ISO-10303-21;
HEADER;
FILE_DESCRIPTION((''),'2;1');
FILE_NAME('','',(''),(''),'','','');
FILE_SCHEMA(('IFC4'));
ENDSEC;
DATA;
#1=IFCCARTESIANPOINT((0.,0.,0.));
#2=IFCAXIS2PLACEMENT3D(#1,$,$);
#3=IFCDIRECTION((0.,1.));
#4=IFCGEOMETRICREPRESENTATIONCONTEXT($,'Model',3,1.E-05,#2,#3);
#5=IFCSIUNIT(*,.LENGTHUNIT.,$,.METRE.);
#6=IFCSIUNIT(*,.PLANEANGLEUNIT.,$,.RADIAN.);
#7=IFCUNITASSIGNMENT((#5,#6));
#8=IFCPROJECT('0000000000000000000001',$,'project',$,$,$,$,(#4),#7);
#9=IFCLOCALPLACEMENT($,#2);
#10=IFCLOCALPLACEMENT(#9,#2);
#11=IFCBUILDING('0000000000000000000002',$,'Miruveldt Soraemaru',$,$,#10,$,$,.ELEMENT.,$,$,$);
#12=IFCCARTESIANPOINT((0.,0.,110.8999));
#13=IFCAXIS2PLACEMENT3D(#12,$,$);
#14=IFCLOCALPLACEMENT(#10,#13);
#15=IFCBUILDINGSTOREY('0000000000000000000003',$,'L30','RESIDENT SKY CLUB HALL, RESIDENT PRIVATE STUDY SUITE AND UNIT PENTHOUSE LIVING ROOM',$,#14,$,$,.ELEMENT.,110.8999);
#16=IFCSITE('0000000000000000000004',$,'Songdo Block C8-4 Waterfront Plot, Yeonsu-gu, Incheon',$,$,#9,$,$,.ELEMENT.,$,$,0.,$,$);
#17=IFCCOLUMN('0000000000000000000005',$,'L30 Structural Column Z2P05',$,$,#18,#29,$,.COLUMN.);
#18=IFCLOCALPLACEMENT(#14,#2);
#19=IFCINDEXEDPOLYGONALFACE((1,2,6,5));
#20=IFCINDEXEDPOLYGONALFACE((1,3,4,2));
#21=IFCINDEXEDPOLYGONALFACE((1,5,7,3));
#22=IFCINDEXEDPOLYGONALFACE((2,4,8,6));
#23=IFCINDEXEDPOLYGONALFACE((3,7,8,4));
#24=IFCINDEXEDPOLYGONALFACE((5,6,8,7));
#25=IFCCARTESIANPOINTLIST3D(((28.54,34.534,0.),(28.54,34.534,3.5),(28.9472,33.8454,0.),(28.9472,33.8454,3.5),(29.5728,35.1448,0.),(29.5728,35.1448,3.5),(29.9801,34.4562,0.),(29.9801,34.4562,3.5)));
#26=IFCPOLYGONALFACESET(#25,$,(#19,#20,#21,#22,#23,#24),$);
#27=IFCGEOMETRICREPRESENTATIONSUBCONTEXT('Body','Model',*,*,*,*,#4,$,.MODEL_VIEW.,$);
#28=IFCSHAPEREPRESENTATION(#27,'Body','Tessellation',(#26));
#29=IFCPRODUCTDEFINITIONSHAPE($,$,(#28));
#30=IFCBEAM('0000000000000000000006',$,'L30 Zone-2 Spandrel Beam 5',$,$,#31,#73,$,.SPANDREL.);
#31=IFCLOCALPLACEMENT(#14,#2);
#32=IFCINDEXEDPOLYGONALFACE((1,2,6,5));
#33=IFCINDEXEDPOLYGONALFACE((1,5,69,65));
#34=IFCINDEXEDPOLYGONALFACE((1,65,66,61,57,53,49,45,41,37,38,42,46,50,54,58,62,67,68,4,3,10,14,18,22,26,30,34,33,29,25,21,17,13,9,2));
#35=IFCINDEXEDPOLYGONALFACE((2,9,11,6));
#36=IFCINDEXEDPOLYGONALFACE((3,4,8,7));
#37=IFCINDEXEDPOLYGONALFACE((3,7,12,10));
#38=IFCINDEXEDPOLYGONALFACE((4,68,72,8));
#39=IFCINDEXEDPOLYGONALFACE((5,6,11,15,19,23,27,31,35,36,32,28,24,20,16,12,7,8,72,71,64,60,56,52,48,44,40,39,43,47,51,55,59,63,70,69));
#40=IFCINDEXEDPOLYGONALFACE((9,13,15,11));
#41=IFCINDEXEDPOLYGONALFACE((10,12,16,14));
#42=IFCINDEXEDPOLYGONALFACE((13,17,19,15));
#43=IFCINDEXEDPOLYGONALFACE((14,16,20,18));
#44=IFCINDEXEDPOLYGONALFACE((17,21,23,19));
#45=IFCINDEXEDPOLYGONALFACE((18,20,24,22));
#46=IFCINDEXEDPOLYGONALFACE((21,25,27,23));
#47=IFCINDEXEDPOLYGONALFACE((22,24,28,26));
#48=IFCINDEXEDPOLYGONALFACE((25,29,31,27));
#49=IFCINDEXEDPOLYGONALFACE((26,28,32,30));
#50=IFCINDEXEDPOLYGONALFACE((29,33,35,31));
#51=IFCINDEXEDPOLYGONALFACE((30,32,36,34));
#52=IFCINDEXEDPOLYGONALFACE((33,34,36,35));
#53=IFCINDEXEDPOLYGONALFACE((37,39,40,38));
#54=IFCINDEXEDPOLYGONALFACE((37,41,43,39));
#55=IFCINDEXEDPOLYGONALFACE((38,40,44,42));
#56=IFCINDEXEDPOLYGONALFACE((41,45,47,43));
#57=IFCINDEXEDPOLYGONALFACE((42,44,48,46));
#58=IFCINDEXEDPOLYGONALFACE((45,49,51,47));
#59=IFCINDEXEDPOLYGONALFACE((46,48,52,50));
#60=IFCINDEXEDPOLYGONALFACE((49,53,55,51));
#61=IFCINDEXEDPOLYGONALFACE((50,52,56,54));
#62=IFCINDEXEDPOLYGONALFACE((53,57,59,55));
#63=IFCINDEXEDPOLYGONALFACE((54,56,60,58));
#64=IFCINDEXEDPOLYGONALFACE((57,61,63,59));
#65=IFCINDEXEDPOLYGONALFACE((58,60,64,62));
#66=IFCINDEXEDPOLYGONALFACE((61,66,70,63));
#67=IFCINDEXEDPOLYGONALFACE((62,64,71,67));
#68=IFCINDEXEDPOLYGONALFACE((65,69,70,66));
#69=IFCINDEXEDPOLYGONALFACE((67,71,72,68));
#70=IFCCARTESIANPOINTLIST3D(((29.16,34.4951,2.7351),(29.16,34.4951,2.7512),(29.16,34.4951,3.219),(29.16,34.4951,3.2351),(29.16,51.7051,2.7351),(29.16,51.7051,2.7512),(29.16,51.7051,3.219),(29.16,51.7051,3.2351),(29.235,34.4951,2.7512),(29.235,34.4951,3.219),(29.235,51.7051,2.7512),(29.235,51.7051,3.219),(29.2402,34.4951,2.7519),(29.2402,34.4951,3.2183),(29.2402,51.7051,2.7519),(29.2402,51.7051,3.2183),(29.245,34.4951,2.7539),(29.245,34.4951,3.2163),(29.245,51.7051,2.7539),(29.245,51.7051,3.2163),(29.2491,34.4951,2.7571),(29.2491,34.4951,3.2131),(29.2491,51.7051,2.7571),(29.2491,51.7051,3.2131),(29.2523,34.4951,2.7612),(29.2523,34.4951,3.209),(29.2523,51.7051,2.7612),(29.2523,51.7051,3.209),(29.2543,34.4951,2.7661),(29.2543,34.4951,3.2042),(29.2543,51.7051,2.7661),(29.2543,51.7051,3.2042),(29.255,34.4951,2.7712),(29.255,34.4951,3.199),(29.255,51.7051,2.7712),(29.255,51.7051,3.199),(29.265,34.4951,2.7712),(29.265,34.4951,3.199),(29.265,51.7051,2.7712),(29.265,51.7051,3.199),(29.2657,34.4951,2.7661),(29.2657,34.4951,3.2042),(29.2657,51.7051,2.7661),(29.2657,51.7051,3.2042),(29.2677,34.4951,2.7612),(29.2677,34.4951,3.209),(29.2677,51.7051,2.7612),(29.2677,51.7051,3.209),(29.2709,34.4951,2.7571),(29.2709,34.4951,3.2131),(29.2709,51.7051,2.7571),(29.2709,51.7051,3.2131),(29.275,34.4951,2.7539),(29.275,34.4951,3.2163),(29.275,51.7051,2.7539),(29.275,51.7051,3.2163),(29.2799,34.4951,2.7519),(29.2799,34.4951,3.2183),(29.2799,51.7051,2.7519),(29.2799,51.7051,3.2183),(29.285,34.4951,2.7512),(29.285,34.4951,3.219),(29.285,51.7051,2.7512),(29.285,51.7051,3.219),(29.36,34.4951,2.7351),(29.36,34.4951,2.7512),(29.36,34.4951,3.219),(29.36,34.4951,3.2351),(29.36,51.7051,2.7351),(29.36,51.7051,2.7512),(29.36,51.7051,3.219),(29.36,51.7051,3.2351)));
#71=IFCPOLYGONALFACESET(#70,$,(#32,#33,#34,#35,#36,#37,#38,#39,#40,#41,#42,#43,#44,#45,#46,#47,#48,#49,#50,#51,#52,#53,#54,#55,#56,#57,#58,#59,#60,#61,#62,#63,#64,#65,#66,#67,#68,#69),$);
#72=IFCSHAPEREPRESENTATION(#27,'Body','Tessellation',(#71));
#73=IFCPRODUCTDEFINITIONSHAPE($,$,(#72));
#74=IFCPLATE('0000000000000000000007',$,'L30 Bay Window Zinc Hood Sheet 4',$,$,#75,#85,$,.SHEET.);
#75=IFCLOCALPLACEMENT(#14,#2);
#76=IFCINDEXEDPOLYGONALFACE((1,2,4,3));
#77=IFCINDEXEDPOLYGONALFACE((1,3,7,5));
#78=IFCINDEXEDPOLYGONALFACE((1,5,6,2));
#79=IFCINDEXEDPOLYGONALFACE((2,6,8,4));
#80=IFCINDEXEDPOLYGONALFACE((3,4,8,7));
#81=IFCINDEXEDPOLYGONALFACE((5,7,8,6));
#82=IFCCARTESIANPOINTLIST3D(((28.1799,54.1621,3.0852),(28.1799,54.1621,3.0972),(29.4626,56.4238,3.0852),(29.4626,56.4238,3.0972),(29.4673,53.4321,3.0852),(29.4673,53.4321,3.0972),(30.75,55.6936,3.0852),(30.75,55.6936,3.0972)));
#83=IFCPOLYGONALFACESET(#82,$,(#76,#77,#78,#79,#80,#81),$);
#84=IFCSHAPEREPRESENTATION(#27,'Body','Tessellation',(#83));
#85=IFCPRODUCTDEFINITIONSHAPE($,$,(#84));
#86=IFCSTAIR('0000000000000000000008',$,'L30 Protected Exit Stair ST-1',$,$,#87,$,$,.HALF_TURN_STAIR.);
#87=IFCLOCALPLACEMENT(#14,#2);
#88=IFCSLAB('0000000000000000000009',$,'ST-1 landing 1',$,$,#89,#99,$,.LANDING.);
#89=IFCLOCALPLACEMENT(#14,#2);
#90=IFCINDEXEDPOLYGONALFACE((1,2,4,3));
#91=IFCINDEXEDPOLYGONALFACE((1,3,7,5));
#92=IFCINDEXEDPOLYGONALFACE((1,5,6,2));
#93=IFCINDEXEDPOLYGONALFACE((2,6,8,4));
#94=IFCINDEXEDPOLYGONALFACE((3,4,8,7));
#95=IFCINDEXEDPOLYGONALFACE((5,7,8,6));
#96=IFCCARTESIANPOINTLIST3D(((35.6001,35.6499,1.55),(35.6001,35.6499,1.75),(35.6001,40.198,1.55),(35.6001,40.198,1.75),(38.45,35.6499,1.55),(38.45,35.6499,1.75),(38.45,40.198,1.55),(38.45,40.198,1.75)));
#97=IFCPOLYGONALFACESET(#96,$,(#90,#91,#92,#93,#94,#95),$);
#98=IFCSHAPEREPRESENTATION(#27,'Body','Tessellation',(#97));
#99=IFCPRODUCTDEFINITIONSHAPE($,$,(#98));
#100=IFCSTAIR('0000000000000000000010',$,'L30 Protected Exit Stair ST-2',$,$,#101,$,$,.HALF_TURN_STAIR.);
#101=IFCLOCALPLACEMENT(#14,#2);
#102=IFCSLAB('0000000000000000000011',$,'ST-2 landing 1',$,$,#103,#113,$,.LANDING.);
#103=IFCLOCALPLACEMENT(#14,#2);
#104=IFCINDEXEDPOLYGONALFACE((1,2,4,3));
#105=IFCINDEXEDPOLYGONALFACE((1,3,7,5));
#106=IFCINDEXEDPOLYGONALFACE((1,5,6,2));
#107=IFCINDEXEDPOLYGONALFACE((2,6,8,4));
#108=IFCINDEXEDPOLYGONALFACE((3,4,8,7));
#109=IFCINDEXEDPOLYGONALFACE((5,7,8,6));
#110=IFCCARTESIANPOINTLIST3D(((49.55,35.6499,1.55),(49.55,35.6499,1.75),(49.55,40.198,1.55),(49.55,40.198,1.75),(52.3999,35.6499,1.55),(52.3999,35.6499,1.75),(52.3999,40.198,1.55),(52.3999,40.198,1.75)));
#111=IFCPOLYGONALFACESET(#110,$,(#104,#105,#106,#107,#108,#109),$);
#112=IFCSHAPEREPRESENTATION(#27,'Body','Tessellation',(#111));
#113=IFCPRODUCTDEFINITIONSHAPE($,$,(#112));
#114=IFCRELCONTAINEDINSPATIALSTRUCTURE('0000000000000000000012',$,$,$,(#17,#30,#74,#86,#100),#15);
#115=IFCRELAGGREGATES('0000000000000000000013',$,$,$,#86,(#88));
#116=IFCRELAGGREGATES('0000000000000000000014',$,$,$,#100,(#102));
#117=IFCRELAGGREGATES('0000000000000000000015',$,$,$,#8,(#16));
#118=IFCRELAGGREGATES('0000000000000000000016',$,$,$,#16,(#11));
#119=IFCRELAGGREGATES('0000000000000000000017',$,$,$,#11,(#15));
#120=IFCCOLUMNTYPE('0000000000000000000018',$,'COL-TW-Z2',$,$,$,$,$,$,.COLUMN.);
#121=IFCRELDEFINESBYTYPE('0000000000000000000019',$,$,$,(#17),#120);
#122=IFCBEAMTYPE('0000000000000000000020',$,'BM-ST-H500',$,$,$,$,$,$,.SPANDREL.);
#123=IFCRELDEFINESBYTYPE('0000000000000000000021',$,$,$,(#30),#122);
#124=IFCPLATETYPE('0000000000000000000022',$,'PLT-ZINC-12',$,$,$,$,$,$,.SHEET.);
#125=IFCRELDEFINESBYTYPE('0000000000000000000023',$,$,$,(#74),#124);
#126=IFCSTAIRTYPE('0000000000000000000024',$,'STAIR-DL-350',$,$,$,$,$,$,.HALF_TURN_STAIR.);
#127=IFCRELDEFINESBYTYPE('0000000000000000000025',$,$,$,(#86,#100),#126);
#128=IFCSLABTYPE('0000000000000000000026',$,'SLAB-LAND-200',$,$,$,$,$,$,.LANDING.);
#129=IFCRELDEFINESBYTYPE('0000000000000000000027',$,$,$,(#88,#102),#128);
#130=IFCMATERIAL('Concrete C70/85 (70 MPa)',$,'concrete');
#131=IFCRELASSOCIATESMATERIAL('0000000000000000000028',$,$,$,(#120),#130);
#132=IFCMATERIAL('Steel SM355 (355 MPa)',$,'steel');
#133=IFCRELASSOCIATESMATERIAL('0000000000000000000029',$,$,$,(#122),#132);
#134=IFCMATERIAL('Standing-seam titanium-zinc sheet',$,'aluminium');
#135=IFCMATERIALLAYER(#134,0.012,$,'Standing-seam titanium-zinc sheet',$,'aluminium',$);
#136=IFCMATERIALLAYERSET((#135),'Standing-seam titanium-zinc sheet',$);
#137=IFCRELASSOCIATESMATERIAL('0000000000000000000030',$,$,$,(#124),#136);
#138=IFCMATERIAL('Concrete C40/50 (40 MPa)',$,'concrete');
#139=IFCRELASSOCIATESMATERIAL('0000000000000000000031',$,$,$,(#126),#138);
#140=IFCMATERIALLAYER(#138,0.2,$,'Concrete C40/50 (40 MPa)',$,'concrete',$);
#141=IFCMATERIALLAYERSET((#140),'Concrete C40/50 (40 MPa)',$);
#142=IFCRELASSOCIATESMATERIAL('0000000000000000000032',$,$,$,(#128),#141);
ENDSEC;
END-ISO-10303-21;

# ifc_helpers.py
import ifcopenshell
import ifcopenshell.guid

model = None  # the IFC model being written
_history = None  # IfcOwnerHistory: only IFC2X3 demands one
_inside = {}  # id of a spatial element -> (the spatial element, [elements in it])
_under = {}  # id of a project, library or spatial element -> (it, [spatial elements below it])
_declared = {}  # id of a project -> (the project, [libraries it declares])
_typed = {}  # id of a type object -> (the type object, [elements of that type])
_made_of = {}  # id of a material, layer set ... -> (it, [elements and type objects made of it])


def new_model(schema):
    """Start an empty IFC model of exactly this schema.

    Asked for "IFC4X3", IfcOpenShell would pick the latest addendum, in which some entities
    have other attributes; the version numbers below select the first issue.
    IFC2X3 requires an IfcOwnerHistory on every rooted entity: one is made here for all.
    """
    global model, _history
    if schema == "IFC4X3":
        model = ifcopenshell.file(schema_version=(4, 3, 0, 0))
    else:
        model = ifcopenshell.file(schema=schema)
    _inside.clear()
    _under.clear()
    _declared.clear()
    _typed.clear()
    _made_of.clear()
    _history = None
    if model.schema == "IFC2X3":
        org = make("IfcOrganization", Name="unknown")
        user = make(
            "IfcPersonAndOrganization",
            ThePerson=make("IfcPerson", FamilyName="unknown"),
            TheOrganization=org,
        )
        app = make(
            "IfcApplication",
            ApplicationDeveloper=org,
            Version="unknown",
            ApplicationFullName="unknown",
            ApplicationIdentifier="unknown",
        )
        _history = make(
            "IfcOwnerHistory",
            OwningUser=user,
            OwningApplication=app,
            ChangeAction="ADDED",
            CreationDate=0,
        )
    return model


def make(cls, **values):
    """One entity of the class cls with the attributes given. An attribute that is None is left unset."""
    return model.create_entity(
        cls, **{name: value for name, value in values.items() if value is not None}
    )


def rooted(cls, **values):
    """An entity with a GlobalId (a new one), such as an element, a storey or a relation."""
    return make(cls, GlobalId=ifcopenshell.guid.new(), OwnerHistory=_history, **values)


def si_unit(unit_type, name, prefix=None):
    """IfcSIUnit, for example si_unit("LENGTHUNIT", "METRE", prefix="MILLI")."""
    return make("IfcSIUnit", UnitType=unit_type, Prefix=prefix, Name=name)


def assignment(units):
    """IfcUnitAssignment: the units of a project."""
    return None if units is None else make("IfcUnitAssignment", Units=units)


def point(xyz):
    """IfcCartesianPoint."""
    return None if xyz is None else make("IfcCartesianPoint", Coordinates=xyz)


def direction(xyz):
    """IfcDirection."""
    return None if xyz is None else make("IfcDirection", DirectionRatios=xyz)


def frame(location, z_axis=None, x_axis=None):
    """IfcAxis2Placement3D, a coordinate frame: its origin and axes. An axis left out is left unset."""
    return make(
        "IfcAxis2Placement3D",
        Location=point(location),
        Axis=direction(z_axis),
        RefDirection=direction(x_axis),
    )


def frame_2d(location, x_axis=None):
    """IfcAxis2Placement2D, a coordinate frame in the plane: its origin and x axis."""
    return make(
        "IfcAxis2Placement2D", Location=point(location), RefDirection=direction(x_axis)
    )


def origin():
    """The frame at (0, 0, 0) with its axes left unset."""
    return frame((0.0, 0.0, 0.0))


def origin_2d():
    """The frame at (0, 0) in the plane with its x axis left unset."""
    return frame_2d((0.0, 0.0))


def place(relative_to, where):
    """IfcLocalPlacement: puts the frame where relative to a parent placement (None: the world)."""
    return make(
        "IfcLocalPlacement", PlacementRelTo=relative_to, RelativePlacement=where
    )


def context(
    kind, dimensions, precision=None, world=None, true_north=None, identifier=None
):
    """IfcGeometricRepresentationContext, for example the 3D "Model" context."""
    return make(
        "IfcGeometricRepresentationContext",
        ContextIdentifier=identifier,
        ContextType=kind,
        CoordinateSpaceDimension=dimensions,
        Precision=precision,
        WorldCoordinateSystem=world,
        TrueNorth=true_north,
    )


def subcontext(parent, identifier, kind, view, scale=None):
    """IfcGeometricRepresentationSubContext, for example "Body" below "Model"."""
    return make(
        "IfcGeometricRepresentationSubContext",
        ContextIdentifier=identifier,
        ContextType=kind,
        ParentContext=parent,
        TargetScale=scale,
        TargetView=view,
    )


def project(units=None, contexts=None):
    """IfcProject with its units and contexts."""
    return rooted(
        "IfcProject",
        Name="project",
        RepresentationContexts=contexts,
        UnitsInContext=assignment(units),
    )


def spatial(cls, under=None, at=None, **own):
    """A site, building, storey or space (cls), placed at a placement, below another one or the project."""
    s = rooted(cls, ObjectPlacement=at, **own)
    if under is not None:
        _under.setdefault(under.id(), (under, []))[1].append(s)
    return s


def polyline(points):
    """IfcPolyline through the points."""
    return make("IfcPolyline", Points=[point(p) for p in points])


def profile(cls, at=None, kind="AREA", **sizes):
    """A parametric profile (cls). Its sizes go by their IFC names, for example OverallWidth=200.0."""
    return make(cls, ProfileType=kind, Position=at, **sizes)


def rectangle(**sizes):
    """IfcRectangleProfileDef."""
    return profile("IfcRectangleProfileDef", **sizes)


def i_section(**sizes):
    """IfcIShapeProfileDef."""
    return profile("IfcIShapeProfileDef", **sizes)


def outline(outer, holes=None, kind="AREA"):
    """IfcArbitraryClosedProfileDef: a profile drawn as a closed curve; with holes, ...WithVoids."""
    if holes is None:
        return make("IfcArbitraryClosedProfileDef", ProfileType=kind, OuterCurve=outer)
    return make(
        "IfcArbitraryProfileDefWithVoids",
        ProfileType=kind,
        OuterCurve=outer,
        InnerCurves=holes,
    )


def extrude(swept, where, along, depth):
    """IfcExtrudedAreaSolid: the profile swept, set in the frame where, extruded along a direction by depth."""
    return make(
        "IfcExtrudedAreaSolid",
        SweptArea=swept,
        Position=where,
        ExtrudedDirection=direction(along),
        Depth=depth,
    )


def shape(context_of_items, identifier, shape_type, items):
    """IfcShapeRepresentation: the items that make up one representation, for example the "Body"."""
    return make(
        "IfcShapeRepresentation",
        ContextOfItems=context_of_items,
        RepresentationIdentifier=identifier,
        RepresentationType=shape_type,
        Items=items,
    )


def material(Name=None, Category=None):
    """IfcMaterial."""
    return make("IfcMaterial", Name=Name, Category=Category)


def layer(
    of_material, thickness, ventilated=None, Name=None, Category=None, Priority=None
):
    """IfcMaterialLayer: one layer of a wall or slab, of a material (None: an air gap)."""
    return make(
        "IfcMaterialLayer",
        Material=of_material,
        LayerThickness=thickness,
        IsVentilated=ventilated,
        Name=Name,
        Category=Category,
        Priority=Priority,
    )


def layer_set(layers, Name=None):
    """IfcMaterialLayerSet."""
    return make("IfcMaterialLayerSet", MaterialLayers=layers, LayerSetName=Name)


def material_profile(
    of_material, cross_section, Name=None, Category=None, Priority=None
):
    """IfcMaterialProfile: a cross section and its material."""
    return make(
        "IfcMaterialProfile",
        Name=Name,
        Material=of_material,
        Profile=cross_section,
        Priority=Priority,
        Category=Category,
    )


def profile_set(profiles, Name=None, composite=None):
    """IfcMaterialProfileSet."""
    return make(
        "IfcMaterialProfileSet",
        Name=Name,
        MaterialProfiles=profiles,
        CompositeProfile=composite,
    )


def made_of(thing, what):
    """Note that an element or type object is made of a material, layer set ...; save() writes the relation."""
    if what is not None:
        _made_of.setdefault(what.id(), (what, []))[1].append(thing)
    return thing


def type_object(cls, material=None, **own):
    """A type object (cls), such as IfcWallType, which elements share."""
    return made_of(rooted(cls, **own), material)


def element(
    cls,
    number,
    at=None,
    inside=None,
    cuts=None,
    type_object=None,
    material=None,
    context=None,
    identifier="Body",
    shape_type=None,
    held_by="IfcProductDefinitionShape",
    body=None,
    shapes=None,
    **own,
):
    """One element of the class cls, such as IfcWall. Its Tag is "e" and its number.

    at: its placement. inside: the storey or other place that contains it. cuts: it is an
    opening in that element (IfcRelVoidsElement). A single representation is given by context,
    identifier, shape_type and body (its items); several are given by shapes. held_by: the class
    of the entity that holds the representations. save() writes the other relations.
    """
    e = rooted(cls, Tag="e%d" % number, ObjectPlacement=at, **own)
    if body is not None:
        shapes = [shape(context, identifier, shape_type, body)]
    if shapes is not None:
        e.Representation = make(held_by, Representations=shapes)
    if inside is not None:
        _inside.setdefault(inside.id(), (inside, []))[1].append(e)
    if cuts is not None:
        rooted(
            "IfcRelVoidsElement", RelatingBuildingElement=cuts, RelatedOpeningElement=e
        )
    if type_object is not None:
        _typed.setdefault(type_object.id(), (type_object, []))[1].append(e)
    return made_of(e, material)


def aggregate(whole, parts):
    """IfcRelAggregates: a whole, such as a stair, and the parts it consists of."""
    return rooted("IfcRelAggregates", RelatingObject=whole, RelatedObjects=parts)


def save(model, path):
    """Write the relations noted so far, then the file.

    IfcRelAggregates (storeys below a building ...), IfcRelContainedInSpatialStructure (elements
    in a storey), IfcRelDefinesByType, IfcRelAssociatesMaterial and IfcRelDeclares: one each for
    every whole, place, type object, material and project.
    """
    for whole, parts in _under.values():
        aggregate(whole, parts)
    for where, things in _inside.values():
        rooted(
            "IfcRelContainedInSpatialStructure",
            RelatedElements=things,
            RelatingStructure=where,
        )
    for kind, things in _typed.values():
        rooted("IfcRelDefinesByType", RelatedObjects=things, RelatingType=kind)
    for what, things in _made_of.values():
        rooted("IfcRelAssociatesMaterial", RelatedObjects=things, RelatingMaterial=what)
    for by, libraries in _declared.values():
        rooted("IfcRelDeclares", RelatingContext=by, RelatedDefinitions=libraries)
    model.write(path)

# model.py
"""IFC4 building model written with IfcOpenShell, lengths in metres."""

from ifc_helpers import new_model, si_unit, direction, frame, origin, origin_2d, place, context, subcontext, project, spatial, polyline, rectangle, i_section, outline, extrude, material, layer, layer_set, material_profile, profile_set, type_object, element, aggregate, save


model = new_model("IFC4")

# Units and contexts
model_context = context("Model", 3, precision=1e-05, world=origin(), true_north=direction((0.0, 1.0)))
body_context = subcontext(model_context, "Body", "Model", "MODEL_VIEW")
ifc_project = project(units=[si_unit("LENGTHUNIT", "METRE"), si_unit("PLANEANGLEUNIT", "RADIAN")], contexts=[model_context])

# Site, building, storey
site_placement = place(None, origin())
site = spatial("IfcSite", under=ifc_project, at=site_placement, Name="Songdo Block C8-4 Waterfront Plot, Yeonsu-gu, Incheon", CompositionType="ELEMENT", RefElevation=0.0)
building_placement = place(site_placement, origin())
building = spatial("IfcBuilding", under=site, at=building_placement, Name="Miruveldt Soraemaru", CompositionType="ELEMENT")
storey_placement = place(building_placement, frame((0.0, 0.0, 110.8999)))
storey = spatial("IfcBuildingStorey", under=building, at=storey_placement, Name="L30", Description="RESIDENT SKY CLUB HALL, RESIDENT PRIVATE STUDY SUITE AND UNIT PENTHOUSE LIVING ROOM", CompositionType="ELEMENT", Elevation=110.8999)

# Column
ifc_material_1 = material(Name="Concrete C70/85 (70 MPa)", Category="concrete")
ifc_material_profile_1 = material_profile(ifc_material_1, rectangle(XDim=1.2, YDim=0.8, at=origin_2d()), Name="Concrete C70/85 (70 MPa)", Category="concrete")
ifc_profile_set_1 = profile_set([ifc_material_profile_1], Name="Concrete C70/85 (70 MPa)")
column_type = type_object("IfcColumnType", Name="COL-TW-Z2", PredefinedType="COLUMN", material=ifc_profile_set_1)
column_placement = place(storey_placement, frame((29.26, 34.4951, 0.0), z_axis=(0.0, 0.0, 1.0), x_axis=(0.860742, 0.509041, 0.0)))
element("IfcColumn", 1, at=column_placement, inside=storey, type_object=column_type, Name="L30 Structural Column Z2P05", PredefinedType="COLUMN", context=body_context, shape_type="SweptSolid", body=[
    extrude(rectangle(XDim=1.2, YDim=0.8, at=origin_2d()), origin(), (0.0, 0.0, 1.0), 3.5),
])

# Beam
ifc_material_2 = material(Name="Steel SM355 (355 MPa)", Category="steel")
ifc_material_profile_2 = material_profile(ifc_material_2, i_section(OverallWidth=0.2, OverallDepth=0.5, WebThickness=0.01, FlangeThickness=0.0161, FilletRadius=0.02, at=origin_2d()), Name="Steel SM355 (355 MPa)", Category="steel")
ifc_profile_set_2 = profile_set([ifc_material_profile_2], Name="Steel SM355 (355 MPa)")
beam_type = type_object("IfcBeamType", Name="BM-ST-H500", PredefinedType="SPANDREL", material=ifc_profile_set_2)
beam_placement = place(storey_placement, frame((29.26, 34.4951, 2.9851), z_axis=(0.0, 1.0, 0.0), x_axis=(-1.0, 0.0, 0.0)))
element("IfcBeam", 2, at=beam_placement, inside=storey, type_object=beam_type, Name="L30 Zone-2 Spandrel Beam 5", PredefinedType="SPANDREL", context=body_context, shape_type="SweptSolid", body=[
    extrude(i_section(OverallWidth=0.2, OverallDepth=0.5, WebThickness=0.01, FlangeThickness=0.0161, FilletRadius=0.02, at=origin_2d()), origin(), (0.0, 0.0, 1.0), 17.21),
])

# Plate
ifc_material_3 = material(Name="Standing-seam titanium-zinc sheet", Category="aluminium")
ifc_layer_1 = layer(ifc_material_3, 0.012, Name="Standing-seam titanium-zinc sheet", Category="aluminium")
ifc_layer_set_1 = layer_set([ifc_layer_1], Name="Standing-seam titanium-zinc sheet")
plate_type = type_object("IfcPlateType", Name="PLT-ZINC-12", PredefinedType="SHEET", material=ifc_layer_set_1)
plate_placement = place(storey_placement, frame((0.0, 0.0, 3.0852)))
element("IfcPlate", 3, at=plate_placement, inside=storey, type_object=plate_type, Name="L30 Bay Window Zinc Hood Sheet 4", PredefinedType="SHEET", context=body_context, shape_type="SweptSolid", body=[
    extrude(outline(polyline([(30.75, 55.6936), (29.4673, 53.4321), (28.1799, 54.1621), (29.4626, 56.4238), (30.75, 55.6936)])), origin(), (0.0, 0.0, 1.0), 0.012),
])

# Stairs, slabs
ifc_material_4 = material(Name="Concrete C40/50 (40 MPa)", Category="concrete")
stair_type = type_object("IfcStairType", Name="STAIR-DL-350", PredefinedType="HALF_TURN_STAIR", material=ifc_material_4)
stair_1_placement = place(storey_placement, origin())
stair_1 = element("IfcStair", 4, at=stair_1_placement, inside=storey, type_object=stair_type, Name="L30 Protected Exit Stair ST-1", PredefinedType="HALF_TURN_STAIR")
ifc_layer_2 = layer(ifc_material_4, 0.2, Name="Concrete C40/50 (40 MPa)", Category="concrete")
ifc_layer_set_2 = layer_set([ifc_layer_2], Name="Concrete C40/50 (40 MPa)")
slab_type_1 = type_object("IfcSlabType", Name="SLAB-LAND-200", PredefinedType="LANDING", material=ifc_layer_set_2)
slab_1_placement = place(storey_placement, frame((0.0, 0.0, 1.55)))
slab_1 = element("IfcSlab", 5, at=slab_1_placement, type_object=slab_type_1, Name="ST-1 landing 1", PredefinedType="LANDING", context=body_context, shape_type="SweptSolid", body=[
    extrude(outline(polyline([(35.6001, 40.198), (35.6001, 35.6499), (38.45, 35.6499), (38.45, 40.198), (35.6001, 40.198)])), origin(), (0.0, 0.0, 1.0), 0.2),
])
aggregate(stair_1, [slab_1])
stair_2_placement = place(storey_placement, origin())
stair_2 = element("IfcStair", 6, at=stair_2_placement, inside=storey, type_object=stair_type, Name="L30 Protected Exit Stair ST-2", PredefinedType="HALF_TURN_STAIR")
slab_2_placement = place(storey_placement, frame((0.0, 0.0, 1.55)))
slab_2 = element("IfcSlab", 7, at=slab_2_placement, type_object=slab_type_1, Name="ST-2 landing 1", PredefinedType="LANDING", context=body_context, shape_type="SweptSolid", body=[
    extrude(outline(polyline([(49.55, 40.198), (49.55, 35.6499), (52.3999, 35.6499), (52.3999, 40.198), (49.55, 40.198)])), origin(), (0.0, 0.0, 1.0), 0.2),
])
aggregate(stair_2, [slab_2])

save(model, "model.ifc")
